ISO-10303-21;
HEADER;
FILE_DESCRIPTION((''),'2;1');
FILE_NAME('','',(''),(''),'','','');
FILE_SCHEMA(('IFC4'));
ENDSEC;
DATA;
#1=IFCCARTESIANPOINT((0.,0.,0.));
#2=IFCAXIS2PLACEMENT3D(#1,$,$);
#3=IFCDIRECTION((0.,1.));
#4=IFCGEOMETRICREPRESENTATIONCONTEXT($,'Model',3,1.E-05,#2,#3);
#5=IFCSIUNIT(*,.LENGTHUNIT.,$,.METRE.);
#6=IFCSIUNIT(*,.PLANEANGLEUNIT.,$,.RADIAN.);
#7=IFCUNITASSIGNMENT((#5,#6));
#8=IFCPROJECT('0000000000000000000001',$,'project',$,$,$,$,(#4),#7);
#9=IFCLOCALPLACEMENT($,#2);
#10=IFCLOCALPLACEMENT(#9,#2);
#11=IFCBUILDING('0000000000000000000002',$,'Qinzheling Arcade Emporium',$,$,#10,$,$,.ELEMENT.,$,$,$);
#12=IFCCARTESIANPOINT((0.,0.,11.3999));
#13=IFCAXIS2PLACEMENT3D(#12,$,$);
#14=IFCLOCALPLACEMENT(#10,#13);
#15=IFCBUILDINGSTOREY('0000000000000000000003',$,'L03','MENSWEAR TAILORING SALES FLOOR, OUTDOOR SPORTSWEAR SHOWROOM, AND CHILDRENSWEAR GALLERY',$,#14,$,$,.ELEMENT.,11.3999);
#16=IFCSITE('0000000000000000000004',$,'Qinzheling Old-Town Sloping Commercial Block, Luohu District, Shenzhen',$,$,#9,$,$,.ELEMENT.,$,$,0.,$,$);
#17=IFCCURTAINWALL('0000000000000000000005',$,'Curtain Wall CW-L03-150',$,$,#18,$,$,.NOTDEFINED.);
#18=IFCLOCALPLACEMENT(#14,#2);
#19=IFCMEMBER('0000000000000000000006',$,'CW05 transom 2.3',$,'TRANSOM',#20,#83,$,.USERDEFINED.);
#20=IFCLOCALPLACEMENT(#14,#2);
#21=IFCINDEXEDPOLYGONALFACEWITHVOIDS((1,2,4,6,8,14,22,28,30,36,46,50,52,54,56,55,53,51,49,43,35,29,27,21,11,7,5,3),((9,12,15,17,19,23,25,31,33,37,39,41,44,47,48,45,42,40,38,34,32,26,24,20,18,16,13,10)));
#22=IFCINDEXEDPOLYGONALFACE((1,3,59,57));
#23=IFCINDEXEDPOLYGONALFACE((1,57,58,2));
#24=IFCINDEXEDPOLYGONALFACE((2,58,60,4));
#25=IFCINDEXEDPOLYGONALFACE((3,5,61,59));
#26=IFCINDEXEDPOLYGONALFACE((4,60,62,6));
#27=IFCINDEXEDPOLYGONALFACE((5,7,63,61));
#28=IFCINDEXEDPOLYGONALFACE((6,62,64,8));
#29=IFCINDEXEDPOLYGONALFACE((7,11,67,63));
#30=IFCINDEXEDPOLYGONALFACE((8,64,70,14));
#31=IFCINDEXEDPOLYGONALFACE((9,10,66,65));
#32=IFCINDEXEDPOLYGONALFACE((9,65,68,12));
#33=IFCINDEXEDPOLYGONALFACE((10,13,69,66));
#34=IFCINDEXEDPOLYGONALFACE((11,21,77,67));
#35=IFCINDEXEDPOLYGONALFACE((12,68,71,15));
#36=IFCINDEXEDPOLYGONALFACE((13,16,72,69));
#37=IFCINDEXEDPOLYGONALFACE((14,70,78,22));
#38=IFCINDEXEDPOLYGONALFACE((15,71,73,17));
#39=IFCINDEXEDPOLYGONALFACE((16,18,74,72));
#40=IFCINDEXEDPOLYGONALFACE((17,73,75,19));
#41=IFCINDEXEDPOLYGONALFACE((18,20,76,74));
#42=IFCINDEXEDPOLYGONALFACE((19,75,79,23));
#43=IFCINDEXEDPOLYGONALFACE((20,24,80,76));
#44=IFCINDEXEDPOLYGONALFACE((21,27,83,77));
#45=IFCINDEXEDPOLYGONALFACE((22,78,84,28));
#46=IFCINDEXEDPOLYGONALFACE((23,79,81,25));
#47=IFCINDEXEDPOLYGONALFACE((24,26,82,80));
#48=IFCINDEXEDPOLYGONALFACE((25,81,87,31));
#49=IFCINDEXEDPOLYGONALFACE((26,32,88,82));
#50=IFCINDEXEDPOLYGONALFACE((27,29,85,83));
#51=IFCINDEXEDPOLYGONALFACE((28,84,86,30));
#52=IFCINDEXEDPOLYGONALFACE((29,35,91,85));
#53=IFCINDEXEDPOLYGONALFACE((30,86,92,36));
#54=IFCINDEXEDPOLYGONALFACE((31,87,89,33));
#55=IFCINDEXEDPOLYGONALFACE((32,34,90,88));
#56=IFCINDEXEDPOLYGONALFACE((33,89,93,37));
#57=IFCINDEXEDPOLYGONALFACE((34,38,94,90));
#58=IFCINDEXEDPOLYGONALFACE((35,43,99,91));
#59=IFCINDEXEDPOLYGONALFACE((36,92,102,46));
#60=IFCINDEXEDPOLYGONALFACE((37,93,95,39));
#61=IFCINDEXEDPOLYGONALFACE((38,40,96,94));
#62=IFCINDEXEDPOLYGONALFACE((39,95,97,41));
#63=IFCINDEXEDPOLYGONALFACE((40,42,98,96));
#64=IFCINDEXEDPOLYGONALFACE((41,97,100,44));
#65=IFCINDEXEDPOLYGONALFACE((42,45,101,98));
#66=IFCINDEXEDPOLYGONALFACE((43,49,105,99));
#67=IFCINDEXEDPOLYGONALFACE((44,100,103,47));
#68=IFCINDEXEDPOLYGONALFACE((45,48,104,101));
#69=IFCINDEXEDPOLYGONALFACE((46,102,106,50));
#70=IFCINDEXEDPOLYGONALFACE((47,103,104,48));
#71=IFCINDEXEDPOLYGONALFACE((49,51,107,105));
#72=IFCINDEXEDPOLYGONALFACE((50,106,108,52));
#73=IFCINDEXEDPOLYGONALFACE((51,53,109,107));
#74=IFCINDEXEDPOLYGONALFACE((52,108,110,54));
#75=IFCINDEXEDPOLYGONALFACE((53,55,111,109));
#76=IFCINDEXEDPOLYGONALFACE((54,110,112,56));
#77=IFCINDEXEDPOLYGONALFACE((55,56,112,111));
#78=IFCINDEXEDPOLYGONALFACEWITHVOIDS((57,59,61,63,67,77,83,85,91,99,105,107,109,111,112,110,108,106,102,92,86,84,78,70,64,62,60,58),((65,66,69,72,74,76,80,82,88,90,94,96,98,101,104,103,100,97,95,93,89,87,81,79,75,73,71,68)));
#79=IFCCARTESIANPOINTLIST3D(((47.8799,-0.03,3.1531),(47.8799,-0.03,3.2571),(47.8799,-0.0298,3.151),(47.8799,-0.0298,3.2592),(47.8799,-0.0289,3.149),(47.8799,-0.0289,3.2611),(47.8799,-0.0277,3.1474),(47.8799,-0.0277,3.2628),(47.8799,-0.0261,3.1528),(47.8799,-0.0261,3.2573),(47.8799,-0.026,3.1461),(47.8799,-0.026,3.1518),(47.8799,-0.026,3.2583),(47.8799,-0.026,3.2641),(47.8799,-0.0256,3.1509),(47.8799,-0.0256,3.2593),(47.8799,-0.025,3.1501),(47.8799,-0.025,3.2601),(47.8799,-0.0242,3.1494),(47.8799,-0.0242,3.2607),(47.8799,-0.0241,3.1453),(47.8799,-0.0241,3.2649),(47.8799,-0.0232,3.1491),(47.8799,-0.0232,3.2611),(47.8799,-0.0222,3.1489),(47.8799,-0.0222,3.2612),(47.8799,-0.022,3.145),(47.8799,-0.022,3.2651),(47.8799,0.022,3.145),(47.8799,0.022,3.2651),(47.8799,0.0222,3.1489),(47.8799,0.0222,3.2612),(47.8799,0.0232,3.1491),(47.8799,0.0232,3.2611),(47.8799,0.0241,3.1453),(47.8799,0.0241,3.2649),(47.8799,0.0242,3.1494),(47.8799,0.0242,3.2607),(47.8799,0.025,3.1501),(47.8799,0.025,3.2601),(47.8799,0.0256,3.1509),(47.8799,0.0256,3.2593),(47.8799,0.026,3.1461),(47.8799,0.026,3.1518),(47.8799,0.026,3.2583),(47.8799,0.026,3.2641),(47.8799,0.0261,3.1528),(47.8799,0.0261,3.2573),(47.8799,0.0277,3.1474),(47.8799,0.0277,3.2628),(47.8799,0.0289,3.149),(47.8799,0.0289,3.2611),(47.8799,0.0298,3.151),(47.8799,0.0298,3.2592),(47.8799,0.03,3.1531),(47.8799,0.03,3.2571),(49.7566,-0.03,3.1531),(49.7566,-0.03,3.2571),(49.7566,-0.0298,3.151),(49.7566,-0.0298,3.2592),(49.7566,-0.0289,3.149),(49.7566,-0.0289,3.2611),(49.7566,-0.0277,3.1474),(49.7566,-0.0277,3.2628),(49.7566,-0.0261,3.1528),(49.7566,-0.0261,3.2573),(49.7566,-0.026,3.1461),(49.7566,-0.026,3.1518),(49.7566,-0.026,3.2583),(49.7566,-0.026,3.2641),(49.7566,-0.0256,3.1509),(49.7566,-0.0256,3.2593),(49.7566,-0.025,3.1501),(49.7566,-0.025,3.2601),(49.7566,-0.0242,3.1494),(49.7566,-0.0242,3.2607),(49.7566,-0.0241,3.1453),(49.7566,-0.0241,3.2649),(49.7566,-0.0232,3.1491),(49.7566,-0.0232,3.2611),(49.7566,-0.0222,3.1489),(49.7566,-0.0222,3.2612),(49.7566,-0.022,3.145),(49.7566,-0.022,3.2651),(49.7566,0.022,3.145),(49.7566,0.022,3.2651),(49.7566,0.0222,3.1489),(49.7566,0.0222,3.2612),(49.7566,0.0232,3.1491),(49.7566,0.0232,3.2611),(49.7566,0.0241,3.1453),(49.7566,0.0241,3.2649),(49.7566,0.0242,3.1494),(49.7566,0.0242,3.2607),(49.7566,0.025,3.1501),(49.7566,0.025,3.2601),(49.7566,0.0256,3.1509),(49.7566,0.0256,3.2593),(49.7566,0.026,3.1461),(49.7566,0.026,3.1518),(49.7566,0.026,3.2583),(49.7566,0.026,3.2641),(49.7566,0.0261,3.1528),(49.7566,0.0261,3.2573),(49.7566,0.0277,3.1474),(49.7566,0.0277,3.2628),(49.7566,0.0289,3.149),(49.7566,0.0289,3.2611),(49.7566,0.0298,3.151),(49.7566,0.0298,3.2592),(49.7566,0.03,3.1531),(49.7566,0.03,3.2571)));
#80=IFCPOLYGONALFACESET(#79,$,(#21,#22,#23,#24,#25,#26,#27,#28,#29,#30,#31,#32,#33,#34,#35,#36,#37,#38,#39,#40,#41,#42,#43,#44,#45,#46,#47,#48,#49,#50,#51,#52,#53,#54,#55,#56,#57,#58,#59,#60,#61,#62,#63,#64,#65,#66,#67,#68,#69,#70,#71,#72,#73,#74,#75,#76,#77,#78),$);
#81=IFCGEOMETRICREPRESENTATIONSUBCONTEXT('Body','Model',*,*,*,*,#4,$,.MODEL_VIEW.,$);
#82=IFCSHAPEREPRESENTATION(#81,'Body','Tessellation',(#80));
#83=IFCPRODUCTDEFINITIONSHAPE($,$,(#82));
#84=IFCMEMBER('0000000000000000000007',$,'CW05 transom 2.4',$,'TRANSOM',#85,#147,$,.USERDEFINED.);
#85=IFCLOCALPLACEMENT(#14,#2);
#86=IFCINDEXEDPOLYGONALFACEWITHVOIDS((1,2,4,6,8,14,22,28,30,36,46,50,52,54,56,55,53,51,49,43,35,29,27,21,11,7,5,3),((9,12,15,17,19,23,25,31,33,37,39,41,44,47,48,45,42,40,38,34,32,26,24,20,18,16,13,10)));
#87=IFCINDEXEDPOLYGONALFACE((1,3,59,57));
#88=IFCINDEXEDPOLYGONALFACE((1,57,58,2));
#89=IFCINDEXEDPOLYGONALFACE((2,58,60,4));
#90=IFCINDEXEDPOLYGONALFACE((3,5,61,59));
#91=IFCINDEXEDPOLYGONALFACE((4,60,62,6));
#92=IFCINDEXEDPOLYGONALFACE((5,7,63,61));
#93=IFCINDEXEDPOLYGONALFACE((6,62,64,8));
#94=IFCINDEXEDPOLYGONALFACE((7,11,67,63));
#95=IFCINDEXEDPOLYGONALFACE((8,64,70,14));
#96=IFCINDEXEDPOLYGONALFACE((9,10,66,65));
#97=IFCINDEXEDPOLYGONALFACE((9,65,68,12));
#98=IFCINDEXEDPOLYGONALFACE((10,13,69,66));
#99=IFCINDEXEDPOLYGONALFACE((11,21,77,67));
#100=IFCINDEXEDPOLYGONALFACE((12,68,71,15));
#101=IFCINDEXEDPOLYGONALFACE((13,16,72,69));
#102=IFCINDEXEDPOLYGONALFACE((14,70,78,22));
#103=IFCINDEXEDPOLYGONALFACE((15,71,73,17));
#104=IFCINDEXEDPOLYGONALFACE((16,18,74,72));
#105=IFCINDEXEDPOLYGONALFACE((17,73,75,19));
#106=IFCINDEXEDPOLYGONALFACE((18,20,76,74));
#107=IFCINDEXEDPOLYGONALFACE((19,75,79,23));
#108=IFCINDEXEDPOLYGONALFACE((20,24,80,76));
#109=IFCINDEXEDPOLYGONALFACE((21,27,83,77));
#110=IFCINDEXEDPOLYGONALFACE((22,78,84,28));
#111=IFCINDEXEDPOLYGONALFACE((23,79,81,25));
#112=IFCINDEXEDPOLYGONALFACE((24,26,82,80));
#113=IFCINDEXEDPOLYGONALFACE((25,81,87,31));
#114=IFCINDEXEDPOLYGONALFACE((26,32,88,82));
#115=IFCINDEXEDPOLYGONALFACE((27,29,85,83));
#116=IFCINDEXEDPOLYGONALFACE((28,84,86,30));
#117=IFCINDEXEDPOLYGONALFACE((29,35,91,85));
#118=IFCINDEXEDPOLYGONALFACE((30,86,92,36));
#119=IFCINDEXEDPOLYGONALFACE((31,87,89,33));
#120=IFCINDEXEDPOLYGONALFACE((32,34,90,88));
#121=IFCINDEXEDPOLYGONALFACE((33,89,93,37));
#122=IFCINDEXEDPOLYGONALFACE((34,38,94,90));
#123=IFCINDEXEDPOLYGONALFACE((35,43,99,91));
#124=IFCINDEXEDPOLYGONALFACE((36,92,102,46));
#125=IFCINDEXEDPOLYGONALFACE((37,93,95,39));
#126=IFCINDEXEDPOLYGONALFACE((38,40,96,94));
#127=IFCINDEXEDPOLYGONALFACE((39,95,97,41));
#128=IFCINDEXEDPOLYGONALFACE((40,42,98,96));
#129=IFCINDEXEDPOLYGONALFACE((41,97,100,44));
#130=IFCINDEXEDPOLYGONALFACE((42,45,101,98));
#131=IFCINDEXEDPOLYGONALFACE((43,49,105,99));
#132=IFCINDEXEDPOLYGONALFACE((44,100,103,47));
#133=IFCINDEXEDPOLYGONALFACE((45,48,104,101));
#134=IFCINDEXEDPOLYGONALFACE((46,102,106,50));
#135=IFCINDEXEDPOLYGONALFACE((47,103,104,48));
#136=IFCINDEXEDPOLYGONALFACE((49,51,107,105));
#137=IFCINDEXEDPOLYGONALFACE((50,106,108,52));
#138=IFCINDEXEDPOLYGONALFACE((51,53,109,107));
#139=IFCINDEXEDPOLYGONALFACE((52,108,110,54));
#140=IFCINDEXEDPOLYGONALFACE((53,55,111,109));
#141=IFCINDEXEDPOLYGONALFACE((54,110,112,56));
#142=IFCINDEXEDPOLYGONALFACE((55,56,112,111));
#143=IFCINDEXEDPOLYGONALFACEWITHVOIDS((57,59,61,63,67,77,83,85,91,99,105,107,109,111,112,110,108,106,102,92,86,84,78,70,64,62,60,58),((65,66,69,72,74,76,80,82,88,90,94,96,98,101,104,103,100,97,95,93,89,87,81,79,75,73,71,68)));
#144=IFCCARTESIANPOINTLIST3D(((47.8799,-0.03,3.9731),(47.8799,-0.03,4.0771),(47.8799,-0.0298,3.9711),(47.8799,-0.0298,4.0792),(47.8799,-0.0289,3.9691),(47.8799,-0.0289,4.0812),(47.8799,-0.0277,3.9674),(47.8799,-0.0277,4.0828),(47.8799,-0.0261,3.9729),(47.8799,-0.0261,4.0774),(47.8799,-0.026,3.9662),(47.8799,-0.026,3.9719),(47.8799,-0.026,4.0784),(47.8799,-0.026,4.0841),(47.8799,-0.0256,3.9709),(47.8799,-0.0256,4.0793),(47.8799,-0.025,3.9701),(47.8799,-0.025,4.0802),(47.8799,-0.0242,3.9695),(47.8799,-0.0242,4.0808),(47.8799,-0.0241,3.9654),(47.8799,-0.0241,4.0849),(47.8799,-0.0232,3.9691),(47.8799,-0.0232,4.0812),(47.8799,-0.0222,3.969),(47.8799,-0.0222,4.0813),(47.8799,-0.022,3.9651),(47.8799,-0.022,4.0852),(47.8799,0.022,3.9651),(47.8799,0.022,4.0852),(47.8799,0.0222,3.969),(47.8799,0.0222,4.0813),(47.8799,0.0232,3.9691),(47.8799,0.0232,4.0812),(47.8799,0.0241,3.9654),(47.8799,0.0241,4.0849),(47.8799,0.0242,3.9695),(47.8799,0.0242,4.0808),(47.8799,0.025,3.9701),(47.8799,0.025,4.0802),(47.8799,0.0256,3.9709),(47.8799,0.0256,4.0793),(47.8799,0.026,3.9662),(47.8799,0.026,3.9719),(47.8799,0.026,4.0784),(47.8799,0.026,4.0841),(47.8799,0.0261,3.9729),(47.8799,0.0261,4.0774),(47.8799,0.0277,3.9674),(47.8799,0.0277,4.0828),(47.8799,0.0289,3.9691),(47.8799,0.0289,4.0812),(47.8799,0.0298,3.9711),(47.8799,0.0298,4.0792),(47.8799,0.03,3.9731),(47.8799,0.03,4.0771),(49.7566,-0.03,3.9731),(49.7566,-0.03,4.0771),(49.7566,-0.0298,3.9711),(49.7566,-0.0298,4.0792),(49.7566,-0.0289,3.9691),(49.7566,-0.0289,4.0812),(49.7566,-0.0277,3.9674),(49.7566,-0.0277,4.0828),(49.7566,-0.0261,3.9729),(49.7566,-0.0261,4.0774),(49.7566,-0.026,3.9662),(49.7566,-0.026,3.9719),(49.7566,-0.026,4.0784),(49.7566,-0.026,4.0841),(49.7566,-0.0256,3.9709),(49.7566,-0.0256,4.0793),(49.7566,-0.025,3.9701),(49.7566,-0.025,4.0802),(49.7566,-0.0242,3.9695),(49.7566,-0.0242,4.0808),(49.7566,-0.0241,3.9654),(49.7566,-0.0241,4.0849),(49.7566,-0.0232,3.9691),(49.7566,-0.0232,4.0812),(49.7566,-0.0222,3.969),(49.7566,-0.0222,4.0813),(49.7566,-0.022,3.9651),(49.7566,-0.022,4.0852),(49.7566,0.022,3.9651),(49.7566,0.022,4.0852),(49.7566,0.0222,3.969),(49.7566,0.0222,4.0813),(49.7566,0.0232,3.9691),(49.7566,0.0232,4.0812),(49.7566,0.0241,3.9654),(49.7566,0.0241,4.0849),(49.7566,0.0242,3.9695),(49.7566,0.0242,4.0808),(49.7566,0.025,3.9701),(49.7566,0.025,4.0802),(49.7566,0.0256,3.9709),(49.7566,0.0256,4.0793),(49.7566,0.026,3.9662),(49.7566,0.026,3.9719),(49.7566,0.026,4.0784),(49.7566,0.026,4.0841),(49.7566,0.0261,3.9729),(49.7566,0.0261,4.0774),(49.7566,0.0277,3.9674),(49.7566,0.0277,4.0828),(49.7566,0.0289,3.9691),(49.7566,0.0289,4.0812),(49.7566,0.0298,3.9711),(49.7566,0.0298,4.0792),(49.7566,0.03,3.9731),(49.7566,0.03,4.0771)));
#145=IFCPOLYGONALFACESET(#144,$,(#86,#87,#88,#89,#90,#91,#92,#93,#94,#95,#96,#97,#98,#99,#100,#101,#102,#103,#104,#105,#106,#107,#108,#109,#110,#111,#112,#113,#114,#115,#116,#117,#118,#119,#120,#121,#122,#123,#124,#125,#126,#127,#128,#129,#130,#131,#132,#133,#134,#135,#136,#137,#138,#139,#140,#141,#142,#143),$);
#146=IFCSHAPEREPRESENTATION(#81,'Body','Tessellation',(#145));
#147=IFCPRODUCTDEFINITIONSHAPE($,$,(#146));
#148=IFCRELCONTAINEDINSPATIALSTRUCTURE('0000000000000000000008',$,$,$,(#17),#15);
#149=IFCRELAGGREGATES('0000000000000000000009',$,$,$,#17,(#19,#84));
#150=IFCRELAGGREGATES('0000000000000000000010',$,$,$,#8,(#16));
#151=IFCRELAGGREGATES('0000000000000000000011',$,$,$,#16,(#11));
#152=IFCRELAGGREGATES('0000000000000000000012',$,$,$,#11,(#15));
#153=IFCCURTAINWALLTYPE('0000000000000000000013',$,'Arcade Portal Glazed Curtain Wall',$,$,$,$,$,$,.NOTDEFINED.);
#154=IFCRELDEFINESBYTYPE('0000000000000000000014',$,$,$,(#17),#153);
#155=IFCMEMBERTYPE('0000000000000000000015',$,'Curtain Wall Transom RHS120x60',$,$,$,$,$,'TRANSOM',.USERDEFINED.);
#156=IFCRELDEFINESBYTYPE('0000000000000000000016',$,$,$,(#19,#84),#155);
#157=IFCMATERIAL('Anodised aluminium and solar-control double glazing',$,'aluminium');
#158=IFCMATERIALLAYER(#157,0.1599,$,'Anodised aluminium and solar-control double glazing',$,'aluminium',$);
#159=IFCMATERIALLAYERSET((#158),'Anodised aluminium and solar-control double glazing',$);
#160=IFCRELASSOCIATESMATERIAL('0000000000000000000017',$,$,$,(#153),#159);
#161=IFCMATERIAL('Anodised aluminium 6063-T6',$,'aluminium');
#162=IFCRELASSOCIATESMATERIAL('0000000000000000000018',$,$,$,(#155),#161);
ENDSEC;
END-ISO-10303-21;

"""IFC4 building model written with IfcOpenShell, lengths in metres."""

from ifc_helpers import new_model, si_unit, direction, frame, origin, origin_2d, place, context, subcontext, project, spatial, hollow_rectangle, extrude, material, layer, layer_set, material_profile, profile_set, type_object, element, aggregate, save


model = new_model("IFC4")

# Units and contexts
model_context = context("Model", 3, precision=1e-05, world=origin(), true_north=direction((0.0, 1.0)))
body_context = subcontext(model_context, "Body", "Model", "MODEL_VIEW")
ifc_project = project(units=[si_unit("LENGTHUNIT", "METRE"), si_unit("PLANEANGLEUNIT", "RADIAN")], contexts=[model_context])

# Site, building, storey
site_placement = place(None, origin())
site = spatial("IfcSite", under=ifc_project, at=site_placement, Name="Qinzheling Old-Town Sloping Commercial Block, Luohu District, Shenzhen", CompositionType="ELEMENT", RefElevation=0.0)
building_placement = place(site_placement, origin())
building = spatial("IfcBuilding", under=site, at=building_placement, Name="Qinzheling Arcade Emporium", CompositionType="ELEMENT")
storey_placement = place(building_placement, frame((0.0, 0.0, 11.3999)))
storey = spatial("IfcBuildingStorey", under=building, at=storey_placement, Name="L03", Description="MENSWEAR TAILORING SALES FLOOR, OUTDOOR SPORTSWEAR SHOWROOM, AND CHILDRENSWEAR GALLERY", CompositionType="ELEMENT", Elevation=11.3999)

# Curtain wall, members
ifc_material_1 = material(Name="Anodised aluminium and solar-control double glazing", Category="aluminium")
ifc_layer_1 = layer(ifc_material_1, 0.1599, Name="Anodised aluminium and solar-control double glazing", Category="aluminium")
ifc_layer_set_1 = layer_set([ifc_layer_1], Name="Anodised aluminium and solar-control double glazing")
curtain_wall_type = type_object("IfcCurtainWallType", Name="Arcade Portal Glazed Curtain Wall", PredefinedType="NOTDEFINED", material=ifc_layer_set_1)
curtain_wall_placement = place(storey_placement, origin())
curtain_wall = element("IfcCurtainWall", 1, at=curtain_wall_placement, inside=storey, type_object=curtain_wall_type, Name="Curtain Wall CW-L03-150", PredefinedType="NOTDEFINED")
ifc_material_2 = material(Name="Anodised aluminium 6063-T6", Category="aluminium")
ifc_material_profile_1 = material_profile(ifc_material_2, hollow_rectangle(XDim=0.0601, YDim=0.1201, WallThickness=0.0039, InnerFilletRadius=0.0039, OuterFilletRadius=0.0081, at=origin_2d()), Name="RHS 120x60x4", Category="aluminium")
ifc_profile_set_1 = profile_set([ifc_material_profile_1], Name="Anodised aluminium 6063-T6")
member_type_1 = type_object("IfcMemberType", Name="Curtain Wall Transom RHS120x60", ElementType="TRANSOM", PredefinedType="USERDEFINED", material=ifc_profile_set_1)
member_1_placement = place(storey_placement, frame((49.7566, 0.0, 3.2051), z_axis=(-1.0, 0.0, 0.0), x_axis=(0.0, -1.0, 0.0)))
member_1 = element("IfcMember", 2, at=member_1_placement, type_object=member_type_1, Name="CW05 transom 2.3", ObjectType="TRANSOM", PredefinedType="USERDEFINED", context=body_context, shape_type="SweptSolid", body=[
    extrude(hollow_rectangle(XDim=0.0601, YDim=0.1201, WallThickness=0.0039, InnerFilletRadius=0.0039, OuterFilletRadius=0.0081, at=origin_2d()), origin(), (0.0, 0.0, 1.0), 1.8767),
])
member_2_placement = place(storey_placement, frame((49.7566, 0.0, 4.0251), z_axis=(-1.0, 0.0, 0.0), x_axis=(0.0, -1.0, 0.0)))
member_2 = element("IfcMember", 3, at=member_2_placement, type_object=member_type_1, Name="CW05 transom 2.4", ObjectType="TRANSOM", PredefinedType="USERDEFINED", context=body_context, shape_type="SweptSolid", body=[
    extrude(hollow_rectangle(XDim=0.0601, YDim=0.1201, WallThickness=0.0039, InnerFilletRadius=0.0039, OuterFilletRadius=0.0081, at=origin_2d()), origin(), (0.0, 0.0, 1.0), 1.8767),
])

aggregate(curtain_wall, [member_1, member_2])

save(model, "model.ifc")
